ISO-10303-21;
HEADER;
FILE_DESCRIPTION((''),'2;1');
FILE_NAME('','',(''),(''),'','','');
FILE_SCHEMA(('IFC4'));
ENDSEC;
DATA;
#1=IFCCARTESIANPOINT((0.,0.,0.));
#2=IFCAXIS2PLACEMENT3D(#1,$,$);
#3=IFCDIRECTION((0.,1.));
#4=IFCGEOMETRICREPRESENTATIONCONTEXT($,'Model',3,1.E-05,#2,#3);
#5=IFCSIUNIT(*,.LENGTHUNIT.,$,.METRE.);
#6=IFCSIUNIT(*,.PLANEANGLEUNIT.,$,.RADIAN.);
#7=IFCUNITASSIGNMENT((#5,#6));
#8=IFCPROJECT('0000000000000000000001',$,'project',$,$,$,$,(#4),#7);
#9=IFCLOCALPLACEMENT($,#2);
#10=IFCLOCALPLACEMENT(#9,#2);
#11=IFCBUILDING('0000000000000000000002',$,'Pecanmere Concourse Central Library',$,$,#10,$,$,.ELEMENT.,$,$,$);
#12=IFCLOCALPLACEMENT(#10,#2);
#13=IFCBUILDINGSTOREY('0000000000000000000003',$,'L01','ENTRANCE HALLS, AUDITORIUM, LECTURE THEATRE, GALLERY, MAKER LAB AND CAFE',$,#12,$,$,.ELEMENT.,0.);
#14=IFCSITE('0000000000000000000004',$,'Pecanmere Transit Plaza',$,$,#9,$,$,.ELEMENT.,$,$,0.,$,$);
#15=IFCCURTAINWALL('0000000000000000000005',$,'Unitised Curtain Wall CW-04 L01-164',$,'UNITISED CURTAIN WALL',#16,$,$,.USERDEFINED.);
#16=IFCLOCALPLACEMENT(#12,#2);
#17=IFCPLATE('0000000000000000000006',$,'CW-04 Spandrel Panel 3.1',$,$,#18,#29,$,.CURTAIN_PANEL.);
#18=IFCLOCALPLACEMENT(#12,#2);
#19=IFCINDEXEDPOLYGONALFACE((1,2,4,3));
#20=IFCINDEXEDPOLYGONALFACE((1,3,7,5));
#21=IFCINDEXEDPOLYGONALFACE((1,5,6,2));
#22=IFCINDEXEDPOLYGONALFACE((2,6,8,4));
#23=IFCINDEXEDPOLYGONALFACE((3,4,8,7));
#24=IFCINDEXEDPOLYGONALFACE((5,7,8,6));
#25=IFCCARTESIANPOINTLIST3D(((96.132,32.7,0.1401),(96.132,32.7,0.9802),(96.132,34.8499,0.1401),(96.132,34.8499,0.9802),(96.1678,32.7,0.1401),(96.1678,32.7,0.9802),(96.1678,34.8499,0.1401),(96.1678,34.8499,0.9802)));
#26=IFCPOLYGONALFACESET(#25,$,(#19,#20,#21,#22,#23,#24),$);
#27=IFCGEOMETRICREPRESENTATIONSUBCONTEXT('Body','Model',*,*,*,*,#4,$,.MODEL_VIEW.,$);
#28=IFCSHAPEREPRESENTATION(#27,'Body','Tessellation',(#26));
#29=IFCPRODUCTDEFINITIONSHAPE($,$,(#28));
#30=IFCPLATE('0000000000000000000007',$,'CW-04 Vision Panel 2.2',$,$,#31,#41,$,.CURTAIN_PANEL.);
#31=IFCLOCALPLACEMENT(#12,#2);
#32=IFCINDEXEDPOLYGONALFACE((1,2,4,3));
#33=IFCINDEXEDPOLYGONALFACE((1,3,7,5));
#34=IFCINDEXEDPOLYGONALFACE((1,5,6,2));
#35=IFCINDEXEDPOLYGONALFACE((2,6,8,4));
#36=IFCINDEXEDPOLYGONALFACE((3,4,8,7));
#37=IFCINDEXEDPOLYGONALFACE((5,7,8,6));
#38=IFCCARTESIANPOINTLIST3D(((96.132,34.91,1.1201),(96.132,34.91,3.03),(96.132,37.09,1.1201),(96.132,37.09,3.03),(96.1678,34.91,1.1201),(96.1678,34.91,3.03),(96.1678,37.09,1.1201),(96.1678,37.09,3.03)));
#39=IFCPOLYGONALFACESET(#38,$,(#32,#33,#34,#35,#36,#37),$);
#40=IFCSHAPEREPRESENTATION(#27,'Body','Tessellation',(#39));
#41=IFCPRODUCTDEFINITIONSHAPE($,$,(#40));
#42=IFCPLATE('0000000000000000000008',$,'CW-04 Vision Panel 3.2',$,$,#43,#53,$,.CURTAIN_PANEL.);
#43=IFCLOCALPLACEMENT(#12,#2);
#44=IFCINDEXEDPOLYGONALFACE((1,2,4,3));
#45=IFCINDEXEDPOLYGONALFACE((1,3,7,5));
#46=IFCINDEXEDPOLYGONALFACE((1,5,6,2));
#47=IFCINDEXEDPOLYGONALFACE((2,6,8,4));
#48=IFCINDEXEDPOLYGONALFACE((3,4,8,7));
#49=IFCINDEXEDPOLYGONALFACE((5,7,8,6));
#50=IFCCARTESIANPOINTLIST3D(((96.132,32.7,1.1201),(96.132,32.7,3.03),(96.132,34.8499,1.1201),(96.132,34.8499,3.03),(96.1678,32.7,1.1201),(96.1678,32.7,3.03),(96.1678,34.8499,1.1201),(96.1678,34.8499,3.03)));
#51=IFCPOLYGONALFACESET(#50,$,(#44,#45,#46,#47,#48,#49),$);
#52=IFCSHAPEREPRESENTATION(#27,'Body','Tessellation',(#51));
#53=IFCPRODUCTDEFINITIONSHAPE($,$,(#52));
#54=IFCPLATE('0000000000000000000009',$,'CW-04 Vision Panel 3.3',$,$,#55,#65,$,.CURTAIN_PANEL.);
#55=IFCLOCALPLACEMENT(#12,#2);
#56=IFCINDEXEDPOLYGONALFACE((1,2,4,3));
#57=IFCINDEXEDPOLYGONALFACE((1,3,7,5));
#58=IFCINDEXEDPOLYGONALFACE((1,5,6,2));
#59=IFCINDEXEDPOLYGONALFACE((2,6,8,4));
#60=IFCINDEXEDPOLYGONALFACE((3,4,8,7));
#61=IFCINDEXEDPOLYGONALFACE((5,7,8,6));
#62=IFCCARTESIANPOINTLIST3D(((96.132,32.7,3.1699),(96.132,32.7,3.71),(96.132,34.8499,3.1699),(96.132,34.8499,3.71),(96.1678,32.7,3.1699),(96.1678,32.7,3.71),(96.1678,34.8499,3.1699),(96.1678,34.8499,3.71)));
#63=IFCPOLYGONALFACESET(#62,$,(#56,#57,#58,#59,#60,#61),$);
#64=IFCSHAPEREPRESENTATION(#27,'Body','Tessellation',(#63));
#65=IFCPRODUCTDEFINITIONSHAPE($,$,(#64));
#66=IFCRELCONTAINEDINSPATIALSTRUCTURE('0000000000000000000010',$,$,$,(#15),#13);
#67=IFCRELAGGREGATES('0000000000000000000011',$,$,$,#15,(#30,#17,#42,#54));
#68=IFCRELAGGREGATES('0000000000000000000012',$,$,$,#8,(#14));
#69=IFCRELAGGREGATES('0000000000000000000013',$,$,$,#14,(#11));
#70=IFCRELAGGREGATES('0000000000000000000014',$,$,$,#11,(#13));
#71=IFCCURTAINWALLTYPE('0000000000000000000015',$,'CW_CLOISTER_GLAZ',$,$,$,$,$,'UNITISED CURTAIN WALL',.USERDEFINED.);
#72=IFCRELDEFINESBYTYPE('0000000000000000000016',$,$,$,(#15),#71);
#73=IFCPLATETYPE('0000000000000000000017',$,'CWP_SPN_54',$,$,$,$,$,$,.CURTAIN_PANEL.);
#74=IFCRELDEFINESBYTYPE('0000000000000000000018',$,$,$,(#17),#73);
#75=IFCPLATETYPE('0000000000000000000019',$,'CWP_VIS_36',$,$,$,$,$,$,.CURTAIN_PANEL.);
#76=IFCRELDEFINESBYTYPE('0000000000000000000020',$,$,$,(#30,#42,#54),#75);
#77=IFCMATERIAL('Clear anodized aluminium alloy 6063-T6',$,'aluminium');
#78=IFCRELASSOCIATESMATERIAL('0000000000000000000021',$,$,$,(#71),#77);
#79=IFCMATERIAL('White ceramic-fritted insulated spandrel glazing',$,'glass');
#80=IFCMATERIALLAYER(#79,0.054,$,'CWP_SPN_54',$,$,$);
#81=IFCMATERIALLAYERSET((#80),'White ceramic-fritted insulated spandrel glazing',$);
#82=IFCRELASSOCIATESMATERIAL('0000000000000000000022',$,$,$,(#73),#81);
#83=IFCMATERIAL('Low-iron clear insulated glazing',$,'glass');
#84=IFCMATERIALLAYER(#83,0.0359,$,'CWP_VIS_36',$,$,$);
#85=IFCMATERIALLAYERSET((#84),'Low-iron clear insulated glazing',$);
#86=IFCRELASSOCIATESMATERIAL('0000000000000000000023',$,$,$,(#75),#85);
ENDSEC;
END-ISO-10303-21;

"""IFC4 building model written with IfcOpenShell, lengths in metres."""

from ifc_helpers import new_model, si_unit, direction, frame, origin, origin_2d, place, context, subcontext, project, spatial, rectangle, extrude, material, layer, layer_set, type_object, element, aggregate, save


model = new_model("IFC4")

# Units and contexts
model_context = context("Model", 3, precision=1e-05, world=origin(), true_north=direction((0.0, 1.0)))
body_context = subcontext(model_context, "Body", "Model", "MODEL_VIEW")
ifc_project = project(units=[si_unit("LENGTHUNIT", "METRE"), si_unit("PLANEANGLEUNIT", "RADIAN")], contexts=[model_context])

# Site, building, storey
site_placement = place(None, origin())
site = spatial("IfcSite", under=ifc_project, at=site_placement, Name="Pecanmere Transit Plaza", CompositionType="ELEMENT", RefElevation=0.0)
building_placement = place(site_placement, origin())
building = spatial("IfcBuilding", under=site, at=building_placement, Name="Pecanmere Concourse Central Library", CompositionType="ELEMENT")
storey_placement = place(building_placement, origin())
storey = spatial("IfcBuildingStorey", under=building, at=storey_placement, Name="L01", Description="ENTRANCE HALLS, AUDITORIUM, LECTURE THEATRE, GALLERY, MAKER LAB AND CAFE", CompositionType="ELEMENT", Elevation=0.0)

# Curtain wall
ifc_material_1 = material(Name="Clear anodized aluminium alloy 6063-T6", Category="aluminium")
curtain_wall_type = type_object("IfcCurtainWallType", Name="CW_CLOISTER_GLAZ", ElementType="UNITISED CURTAIN WALL", PredefinedType="USERDEFINED", material=ifc_material_1)
curtain_wall_placement = place(storey_placement, origin())
curtain_wall = element("IfcCurtainWall", 1, at=curtain_wall_placement, inside=storey, type_object=curtain_wall_type, Name="Unitised Curtain Wall CW-04 L01-164", ObjectType="UNITISED CURTAIN WALL", PredefinedType="USERDEFINED")

# Plates
ifc_material_2 = material(Name="White ceramic-fritted insulated spandrel glazing", Category="glass")
ifc_layer_1 = layer(ifc_material_2, 0.054, Name="CWP_SPN_54")
ifc_layer_set_1 = layer_set([ifc_layer_1], Name="White ceramic-fritted insulated spandrel glazing")
plate_type_1 = type_object("IfcPlateType", Name="CWP_SPN_54", PredefinedType="CURTAIN_PANEL", material=ifc_layer_set_1)
plate_1_placement = place(storey_placement, frame((96.1499, 33.7749, 0.1401), z_axis=(0.0, 0.0, 1.0), x_axis=(0.0, -1.0, 0.0)))
plate_1 = element("IfcPlate", 2, at=plate_1_placement, type_object=plate_type_1, Name="CW-04 Spandrel Panel 3.1", PredefinedType="CURTAIN_PANEL", context=body_context, shape_type="SweptSolid", body=[
    extrude(rectangle(XDim=2.1499, YDim=0.0359, at=origin_2d()), origin(), (0.0, 0.0, 1.0), 0.8401),
])
ifc_material_3 = material(Name="Low-iron clear insulated glazing", Category="glass")
ifc_layer_2 = layer(ifc_material_3, 0.0359, Name="CWP_VIS_36")
ifc_layer_set_2 = layer_set([ifc_layer_2], Name="Low-iron clear insulated glazing")
plate_type_2 = type_object("IfcPlateType", Name="CWP_VIS_36", PredefinedType="CURTAIN_PANEL", material=ifc_layer_set_2)
plate_2_placement = place(storey_placement, frame((96.1499, 36.0, 1.1201), z_axis=(0.0, 0.0, 1.0), x_axis=(0.0, -1.0, 0.0)))
plate_2 = element("IfcPlate", 3, at=plate_2_placement, type_object=plate_type_2, Name="CW-04 Vision Panel 2.2", PredefinedType="CURTAIN_PANEL", context=body_context, shape_type="SweptSolid", body=[
    extrude(rectangle(XDim=2.1799, YDim=0.0359, at=origin_2d()), origin(), (0.0, 0.0, 1.0), 1.9099),
])
plate_3_placement = place(storey_placement, frame((96.1499, 33.7749, 1.1201), z_axis=(0.0, 0.0, 1.0), x_axis=(0.0, -1.0, 0.0)))
plate_3 = element("IfcPlate", 4, at=plate_3_placement, type_object=plate_type_2, Name="CW-04 Vision Panel 3.2", PredefinedType="CURTAIN_PANEL", context=body_context, shape_type="SweptSolid", body=[
    extrude(rectangle(XDim=2.1499, YDim=0.0359, at=origin_2d()), origin(), (0.0, 0.0, 1.0), 1.9099),
])
plate_4_placement = place(storey_placement, frame((96.1499, 33.7749, 3.1699), z_axis=(0.0, 0.0, 1.0), x_axis=(0.0, -1.0, 0.0)))
plate_4 = element("IfcPlate", 5, at=plate_4_placement, type_object=plate_type_2, Name="CW-04 Vision Panel 3.3", PredefinedType="CURTAIN_PANEL", context=body_context, shape_type="SweptSolid", body=[
    extrude(rectangle(XDim=2.1499, YDim=0.0359, at=origin_2d()), origin(), (0.0, 0.0, 1.0), 0.54),
])
aggregate(curtain_wall, [plate_2, plate_1, plate_3, plate_4])

save(model, "model.ifc")
